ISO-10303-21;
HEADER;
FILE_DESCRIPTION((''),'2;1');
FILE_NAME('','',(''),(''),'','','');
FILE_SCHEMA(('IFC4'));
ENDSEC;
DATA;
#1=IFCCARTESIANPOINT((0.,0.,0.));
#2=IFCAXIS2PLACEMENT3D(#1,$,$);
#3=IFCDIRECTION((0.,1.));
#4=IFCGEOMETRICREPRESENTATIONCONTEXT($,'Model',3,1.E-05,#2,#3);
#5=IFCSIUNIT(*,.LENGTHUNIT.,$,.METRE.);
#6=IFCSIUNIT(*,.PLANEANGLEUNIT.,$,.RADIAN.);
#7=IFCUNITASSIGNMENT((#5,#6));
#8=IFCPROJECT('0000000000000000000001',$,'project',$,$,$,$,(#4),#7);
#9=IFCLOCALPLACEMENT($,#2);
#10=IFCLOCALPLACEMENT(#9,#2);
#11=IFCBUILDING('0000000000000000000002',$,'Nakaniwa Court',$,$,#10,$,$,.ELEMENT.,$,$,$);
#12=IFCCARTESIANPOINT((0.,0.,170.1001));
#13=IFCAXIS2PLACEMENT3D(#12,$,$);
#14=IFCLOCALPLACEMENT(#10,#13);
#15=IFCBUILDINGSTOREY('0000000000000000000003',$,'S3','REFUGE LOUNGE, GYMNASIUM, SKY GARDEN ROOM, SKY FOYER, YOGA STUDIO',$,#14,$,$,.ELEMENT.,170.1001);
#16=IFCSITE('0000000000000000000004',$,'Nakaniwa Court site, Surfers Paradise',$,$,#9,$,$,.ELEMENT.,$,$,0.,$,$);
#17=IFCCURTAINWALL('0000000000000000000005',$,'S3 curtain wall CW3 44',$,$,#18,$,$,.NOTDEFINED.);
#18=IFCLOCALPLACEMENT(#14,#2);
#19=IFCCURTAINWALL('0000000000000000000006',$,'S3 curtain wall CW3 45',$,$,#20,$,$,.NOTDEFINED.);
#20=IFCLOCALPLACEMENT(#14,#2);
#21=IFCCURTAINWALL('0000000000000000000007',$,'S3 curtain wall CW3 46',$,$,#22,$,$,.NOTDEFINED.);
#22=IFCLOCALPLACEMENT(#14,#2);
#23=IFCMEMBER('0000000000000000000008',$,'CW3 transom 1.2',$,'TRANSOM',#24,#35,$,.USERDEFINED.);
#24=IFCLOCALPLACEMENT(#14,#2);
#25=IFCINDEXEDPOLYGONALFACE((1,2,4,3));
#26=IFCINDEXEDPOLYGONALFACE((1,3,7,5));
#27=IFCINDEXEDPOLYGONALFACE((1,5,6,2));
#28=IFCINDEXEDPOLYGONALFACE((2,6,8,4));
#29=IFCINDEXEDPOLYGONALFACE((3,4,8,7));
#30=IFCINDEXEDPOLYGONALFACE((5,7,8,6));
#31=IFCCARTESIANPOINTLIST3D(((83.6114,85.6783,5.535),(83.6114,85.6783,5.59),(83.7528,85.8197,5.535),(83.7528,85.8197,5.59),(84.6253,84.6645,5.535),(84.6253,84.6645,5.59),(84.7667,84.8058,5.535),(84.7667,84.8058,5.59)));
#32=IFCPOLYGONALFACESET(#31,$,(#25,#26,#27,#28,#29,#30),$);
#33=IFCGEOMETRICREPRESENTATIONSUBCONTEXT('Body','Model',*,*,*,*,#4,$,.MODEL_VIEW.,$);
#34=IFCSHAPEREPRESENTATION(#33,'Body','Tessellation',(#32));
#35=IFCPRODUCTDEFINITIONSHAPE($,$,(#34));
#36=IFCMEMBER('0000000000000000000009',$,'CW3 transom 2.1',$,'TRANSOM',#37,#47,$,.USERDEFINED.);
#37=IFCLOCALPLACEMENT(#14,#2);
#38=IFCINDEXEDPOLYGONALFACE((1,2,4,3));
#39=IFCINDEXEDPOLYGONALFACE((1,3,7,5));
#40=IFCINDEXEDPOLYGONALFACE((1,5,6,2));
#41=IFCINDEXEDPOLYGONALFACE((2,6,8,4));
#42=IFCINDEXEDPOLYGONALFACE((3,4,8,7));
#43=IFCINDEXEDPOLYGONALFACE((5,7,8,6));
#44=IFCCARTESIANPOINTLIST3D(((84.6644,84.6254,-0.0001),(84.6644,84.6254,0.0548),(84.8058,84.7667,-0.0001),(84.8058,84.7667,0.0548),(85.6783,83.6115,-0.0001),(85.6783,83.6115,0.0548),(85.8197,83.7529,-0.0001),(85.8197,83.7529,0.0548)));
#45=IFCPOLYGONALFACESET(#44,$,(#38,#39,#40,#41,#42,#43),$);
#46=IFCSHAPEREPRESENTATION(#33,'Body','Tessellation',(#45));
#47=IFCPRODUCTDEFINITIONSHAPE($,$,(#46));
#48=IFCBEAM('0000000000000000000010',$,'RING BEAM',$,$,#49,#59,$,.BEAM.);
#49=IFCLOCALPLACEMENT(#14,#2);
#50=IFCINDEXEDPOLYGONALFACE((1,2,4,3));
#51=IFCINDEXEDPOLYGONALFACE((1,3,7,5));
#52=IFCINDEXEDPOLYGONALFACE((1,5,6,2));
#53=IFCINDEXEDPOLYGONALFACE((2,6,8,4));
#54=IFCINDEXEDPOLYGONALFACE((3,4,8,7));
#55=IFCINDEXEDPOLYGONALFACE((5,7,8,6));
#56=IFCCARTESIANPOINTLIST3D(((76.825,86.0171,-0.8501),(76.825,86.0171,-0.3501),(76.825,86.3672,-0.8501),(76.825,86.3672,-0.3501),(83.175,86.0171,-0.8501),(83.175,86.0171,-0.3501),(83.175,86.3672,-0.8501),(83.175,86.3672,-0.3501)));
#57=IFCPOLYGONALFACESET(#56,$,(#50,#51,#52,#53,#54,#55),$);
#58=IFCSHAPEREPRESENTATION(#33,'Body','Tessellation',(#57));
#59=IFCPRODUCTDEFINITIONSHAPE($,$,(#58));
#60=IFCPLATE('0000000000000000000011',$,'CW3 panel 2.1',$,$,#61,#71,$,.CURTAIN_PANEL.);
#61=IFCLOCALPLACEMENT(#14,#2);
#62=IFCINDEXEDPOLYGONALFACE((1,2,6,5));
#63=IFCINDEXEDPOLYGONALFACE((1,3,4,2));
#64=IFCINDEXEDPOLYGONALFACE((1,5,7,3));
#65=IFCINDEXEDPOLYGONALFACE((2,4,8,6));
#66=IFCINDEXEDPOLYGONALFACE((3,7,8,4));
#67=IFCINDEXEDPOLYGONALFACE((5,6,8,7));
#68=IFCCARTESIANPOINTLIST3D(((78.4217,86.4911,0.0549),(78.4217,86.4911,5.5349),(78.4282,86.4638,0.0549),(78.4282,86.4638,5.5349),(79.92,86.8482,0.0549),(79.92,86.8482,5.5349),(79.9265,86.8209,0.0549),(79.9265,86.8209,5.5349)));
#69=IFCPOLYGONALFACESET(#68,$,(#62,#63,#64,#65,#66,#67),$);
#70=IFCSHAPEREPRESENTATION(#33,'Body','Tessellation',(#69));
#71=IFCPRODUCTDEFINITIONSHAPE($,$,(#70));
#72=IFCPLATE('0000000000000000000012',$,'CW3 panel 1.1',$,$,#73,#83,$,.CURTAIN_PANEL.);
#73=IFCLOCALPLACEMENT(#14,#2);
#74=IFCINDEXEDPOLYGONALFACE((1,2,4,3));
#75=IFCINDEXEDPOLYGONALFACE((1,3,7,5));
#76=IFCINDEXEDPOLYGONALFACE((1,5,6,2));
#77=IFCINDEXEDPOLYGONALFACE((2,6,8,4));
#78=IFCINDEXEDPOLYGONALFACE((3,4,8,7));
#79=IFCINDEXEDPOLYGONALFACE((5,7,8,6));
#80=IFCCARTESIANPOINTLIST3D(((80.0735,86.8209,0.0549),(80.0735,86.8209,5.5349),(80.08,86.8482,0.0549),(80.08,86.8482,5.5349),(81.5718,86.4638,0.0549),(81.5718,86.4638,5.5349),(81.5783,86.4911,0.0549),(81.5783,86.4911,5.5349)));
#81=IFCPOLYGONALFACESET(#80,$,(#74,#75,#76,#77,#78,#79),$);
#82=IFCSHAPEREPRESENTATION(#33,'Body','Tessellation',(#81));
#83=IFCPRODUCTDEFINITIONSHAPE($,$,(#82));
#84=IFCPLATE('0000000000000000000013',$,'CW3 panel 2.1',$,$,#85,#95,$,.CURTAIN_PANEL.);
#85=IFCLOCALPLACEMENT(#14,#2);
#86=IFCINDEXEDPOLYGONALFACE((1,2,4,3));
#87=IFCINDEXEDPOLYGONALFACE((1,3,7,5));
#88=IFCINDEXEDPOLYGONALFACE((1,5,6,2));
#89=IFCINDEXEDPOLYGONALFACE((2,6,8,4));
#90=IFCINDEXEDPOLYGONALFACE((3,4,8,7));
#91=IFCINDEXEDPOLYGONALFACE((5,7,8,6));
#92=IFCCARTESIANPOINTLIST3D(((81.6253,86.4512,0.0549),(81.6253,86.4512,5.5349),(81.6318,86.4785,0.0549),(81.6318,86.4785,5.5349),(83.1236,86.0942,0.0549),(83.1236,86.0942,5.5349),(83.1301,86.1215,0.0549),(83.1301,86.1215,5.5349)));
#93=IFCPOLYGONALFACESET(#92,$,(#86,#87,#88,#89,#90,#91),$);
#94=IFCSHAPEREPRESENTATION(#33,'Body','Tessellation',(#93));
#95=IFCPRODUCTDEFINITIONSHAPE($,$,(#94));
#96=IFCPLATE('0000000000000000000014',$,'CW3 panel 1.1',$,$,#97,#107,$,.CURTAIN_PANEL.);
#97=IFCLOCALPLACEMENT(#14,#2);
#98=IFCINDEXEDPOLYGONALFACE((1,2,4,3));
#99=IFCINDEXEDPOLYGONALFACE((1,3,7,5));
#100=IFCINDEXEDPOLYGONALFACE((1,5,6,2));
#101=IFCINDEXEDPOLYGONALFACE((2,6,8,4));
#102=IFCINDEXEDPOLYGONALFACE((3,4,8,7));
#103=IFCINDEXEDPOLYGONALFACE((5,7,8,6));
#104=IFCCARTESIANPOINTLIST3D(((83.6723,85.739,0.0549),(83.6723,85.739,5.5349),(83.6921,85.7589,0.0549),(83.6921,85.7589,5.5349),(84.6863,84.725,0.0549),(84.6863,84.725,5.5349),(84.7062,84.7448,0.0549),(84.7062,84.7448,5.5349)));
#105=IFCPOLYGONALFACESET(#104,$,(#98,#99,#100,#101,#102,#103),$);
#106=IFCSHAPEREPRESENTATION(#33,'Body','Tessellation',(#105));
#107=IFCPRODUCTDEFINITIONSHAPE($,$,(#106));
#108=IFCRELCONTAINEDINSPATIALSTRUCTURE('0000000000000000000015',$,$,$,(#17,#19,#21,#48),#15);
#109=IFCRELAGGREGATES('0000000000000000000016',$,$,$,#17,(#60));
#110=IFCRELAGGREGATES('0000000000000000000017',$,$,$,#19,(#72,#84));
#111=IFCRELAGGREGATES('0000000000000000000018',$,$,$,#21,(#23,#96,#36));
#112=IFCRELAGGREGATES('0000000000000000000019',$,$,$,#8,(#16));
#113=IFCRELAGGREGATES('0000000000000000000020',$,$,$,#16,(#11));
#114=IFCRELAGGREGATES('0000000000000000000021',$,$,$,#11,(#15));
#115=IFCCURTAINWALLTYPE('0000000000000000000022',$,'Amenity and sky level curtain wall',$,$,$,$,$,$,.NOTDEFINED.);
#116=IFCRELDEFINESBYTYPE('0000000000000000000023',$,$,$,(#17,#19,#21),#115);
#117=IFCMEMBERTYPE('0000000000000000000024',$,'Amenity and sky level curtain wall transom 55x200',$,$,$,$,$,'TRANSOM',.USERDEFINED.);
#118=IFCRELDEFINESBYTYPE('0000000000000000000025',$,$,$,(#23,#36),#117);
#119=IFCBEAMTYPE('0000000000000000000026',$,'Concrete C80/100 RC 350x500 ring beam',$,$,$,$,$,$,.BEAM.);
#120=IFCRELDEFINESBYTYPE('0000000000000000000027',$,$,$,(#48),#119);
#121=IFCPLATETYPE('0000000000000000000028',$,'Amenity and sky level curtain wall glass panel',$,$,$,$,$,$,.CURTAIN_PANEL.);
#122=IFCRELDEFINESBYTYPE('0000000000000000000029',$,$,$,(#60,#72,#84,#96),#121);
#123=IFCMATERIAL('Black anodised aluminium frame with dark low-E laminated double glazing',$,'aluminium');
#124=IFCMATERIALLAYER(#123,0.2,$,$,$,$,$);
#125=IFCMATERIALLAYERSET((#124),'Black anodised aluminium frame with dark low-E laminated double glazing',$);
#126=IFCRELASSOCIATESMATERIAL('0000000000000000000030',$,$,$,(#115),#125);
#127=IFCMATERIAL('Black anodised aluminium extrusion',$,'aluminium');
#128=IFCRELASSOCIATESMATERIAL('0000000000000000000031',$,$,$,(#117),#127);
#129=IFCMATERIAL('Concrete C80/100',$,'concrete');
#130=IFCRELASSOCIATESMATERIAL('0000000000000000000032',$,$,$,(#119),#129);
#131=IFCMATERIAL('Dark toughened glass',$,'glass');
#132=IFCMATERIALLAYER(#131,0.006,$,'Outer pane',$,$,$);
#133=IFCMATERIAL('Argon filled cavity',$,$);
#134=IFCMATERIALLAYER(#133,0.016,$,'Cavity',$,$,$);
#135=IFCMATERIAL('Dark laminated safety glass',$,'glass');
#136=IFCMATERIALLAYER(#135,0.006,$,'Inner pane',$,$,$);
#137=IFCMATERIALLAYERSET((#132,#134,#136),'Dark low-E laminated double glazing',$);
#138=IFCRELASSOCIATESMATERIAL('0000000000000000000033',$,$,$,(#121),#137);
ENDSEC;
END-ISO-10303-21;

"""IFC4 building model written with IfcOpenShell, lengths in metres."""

from ifc_helpers import new_model, si_unit, direction, frame, origin, origin_2d, place, context, subcontext, project, spatial, rectangle, extrude, material, layer, layer_set, material_profile, profile_set, type_object, element, aggregate, save


model = new_model("IFC4")

# Units and contexts
model_context = context("Model", 3, precision=1e-05, world=origin(), true_north=direction((0.0, 1.0)))
body_context = subcontext(model_context, "Body", "Model", "MODEL_VIEW")
ifc_project = project(units=[si_unit("LENGTHUNIT", "METRE"), si_unit("PLANEANGLEUNIT", "RADIAN")], contexts=[model_context])

# Site, building, storey
site_placement = place(None, origin())
site = spatial("IfcSite", under=ifc_project, at=site_placement, Name="Nakaniwa Court site, Surfers Paradise", CompositionType="ELEMENT", RefElevation=0.0)
building_placement = place(site_placement, origin())
building = spatial("IfcBuilding", under=site, at=building_placement, Name="Nakaniwa Court", CompositionType="ELEMENT")
storey_placement = place(building_placement, frame((0.0, 0.0, 170.1001)))
storey = spatial("IfcBuildingStorey", under=building, at=storey_placement, Name="S3", Description="REFUGE LOUNGE, GYMNASIUM, SKY GARDEN ROOM, SKY FOYER, YOGA STUDIO", CompositionType="ELEMENT", Elevation=170.1001)

# Shared definitions
ifc_material_1 = material(Name="Concrete C80/100", Category="concrete")

# Curtain walls
ifc_material_2 = material(Name="Black anodised aluminium frame with dark low-E laminated double glazing", Category="aluminium")
ifc_layer_1 = layer(ifc_material_2, 0.2)
ifc_layer_set_1 = layer_set([ifc_layer_1], Name="Black anodised aluminium frame with dark low-E laminated double glazing")
curtain_wall_type = type_object("IfcCurtainWallType", Name="Amenity and sky level curtain wall", PredefinedType="NOTDEFINED", material=ifc_layer_set_1)
curtain_wall_1_placement = place(storey_placement, origin())
curtain_wall_1 = element("IfcCurtainWall", 1, at=curtain_wall_1_placement, inside=storey, type_object=curtain_wall_type, Name="S3 curtain wall CW3 44", PredefinedType="NOTDEFINED")
ifc_material_3 = material(Name="Black anodised aluminium extrusion", Category="aluminium")
curtain_wall_2_placement = place(storey_placement, origin())
curtain_wall_2 = element("IfcCurtainWall", 2, at=curtain_wall_2_placement, inside=storey, type_object=curtain_wall_type, Name="S3 curtain wall CW3 45", PredefinedType="NOTDEFINED")
curtain_wall_3_placement = place(storey_placement, origin())
curtain_wall_3 = element("IfcCurtainWall", 3, at=curtain_wall_3_placement, inside=storey, type_object=curtain_wall_type, Name="S3 curtain wall CW3 46", PredefinedType="NOTDEFINED")

# Members
ifc_material_profile_1 = material_profile(ifc_material_3, rectangle(XDim=0.2, YDim=0.0549, at=origin_2d()), Name="Amenity and sky level curtain wall transom 55x200")
ifc_profile_set_1 = profile_set([ifc_material_profile_1], Name="Black anodised aluminium extrusion")
member_type_1 = type_object("IfcMemberType", Name="Amenity and sky level curtain wall transom 55x200", ElementType="TRANSOM", PredefinedType="USERDEFINED", material=ifc_profile_set_1)
member_1_placement = place(storey_placement, frame((83.6821, 85.749, 5.5625), z_axis=(0.707107, -0.707107, 0.0), x_axis=(0.707107, 0.707107, 0.0)))
member_1 = element("IfcMember", 4, at=member_1_placement, type_object=member_type_1, Name="CW3 transom 1.2", ObjectType="TRANSOM", PredefinedType="USERDEFINED", context=body_context, shape_type="SweptSolid", body=[
    extrude(rectangle(XDim=0.2, YDim=0.0549, at=origin_2d()), origin(), (0.0, 0.0, 1.0), 1.4338),
])
member_2_placement = place(storey_placement, frame((84.7351, 84.696, 0.0273), z_axis=(0.707107, -0.707107, 0.0), x_axis=(0.707107, 0.707107, 0.0)))
member_2 = element("IfcMember", 5, at=member_2_placement, type_object=member_type_1, Name="CW3 transom 2.1", ObjectType="TRANSOM", PredefinedType="USERDEFINED", context=body_context, shape_type="SweptSolid", body=[
    extrude(rectangle(XDim=0.2, YDim=0.0549, at=origin_2d()), origin(), (0.0, 0.0, 1.0), 1.4338),
])

# Beam
ifc_material_profile_2 = material_profile(ifc_material_1, rectangle(XDim=0.3501, YDim=0.5, at=origin_2d()), Name="Concrete C80/100 RC 350x500 ring beam")
ifc_profile_set_2 = profile_set([ifc_material_profile_2], Name="Concrete C80/100")
beam_type = type_object("IfcBeamType", Name="Concrete C80/100 RC 350x500 ring beam", PredefinedType="BEAM", material=ifc_profile_set_2)
beam_placement = place(storey_placement, frame((83.175, 86.1921, -0.6001), z_axis=(-1.0, 0.0, 0.0), x_axis=(0.0, -1.0, 0.0)))
element("IfcBeam", 6, at=beam_placement, inside=storey, type_object=beam_type, Name="RING BEAM", PredefinedType="BEAM", context=body_context, shape_type="SweptSolid", body=[
    extrude(rectangle(XDim=0.3501, YDim=0.5, at=origin_2d()), origin(), (0.0, 0.0, 1.0), 6.3501),
])

# Plates
ifc_material_4 = material(Name="Dark toughened glass", Category="glass")
ifc_layer_2 = layer(ifc_material_4, 0.006, Name="Outer pane")
ifc_material_5 = material(Name="Argon filled cavity")
ifc_layer_3 = layer(ifc_material_5, 0.016, Name="Cavity")
ifc_material_6 = material(Name="Dark laminated safety glass", Category="glass")
ifc_layer_4 = layer(ifc_material_6, 0.006, Name="Inner pane")
ifc_layer_set_2 = layer_set([ifc_layer_2, ifc_layer_3, ifc_layer_4], Name="Dark low-E laminated double glazing")
plate_type = type_object("IfcPlateType", Name="Amenity and sky level curtain wall glass panel", PredefinedType="CURTAIN_PANEL", material=ifc_layer_set_2)
plate_1_placement = place(storey_placement, frame((79.1741, 86.656, 0.0549), z_axis=(0.0, 0.0, 1.0), x_axis=(0.972766, 0.231791, 0.0)))
plate_1 = element("IfcPlate", 7, at=plate_1_placement, type_object=plate_type, Name="CW3 panel 2.1", PredefinedType="CURTAIN_PANEL", context=body_context, shape_type="SweptSolid", body=[
    extrude(rectangle(XDim=1.5403, YDim=0.0281, at=origin_2d()), origin(), (0.0, 0.0, 1.0), 5.48),
])
aggregate(curtain_wall_1, [plate_1])
plate_2_placement = place(storey_placement, frame((80.8259, 86.656, 0.0549), z_axis=(0.0, 0.0, 1.0), x_axis=(0.972766, -0.231791, 0.0)))
plate_2 = element("IfcPlate", 8, at=plate_2_placement, type_object=plate_type, Name="CW3 panel 1.1", PredefinedType="CURTAIN_PANEL", context=body_context, shape_type="SweptSolid", body=[
    extrude(rectangle(XDim=1.5403, YDim=0.0281, at=origin_2d()), origin(), (0.0, 0.0, 1.0), 5.48),
])
plate_3_placement = place(storey_placement, frame((82.3777, 86.2864, 0.0549), z_axis=(0.0, 0.0, 1.0), x_axis=(0.972766, -0.231791, 0.0)))
plate_3 = element("IfcPlate", 9, at=plate_3_placement, type_object=plate_type, Name="CW3 panel 2.1", PredefinedType="CURTAIN_PANEL", context=body_context, shape_type="SweptSolid", body=[
    extrude(rectangle(XDim=1.5403, YDim=0.0281, at=origin_2d()), origin(), (0.0, 0.0, 1.0), 5.48),
])
aggregate(curtain_wall_2, [plate_2, plate_3])
plate_4_placement = place(storey_placement, frame((84.1892, 85.2419, 0.0549), z_axis=(0.0, 0.0, 1.0), x_axis=(0.707107, -0.707107, 0.0)))
plate_4 = element("IfcPlate", 10, at=plate_4_placement, type_object=plate_type, Name="CW3 panel 1.1", PredefinedType="CURTAIN_PANEL", context=body_context, shape_type="SweptSolid", body=[
    extrude(rectangle(XDim=1.4341, YDim=0.0281, at=origin_2d()), origin(), (0.0, 0.0, 1.0), 5.48),
])
aggregate(curtain_wall_3, [member_1, plate_4, member_2])

save(model, "model.ifc")
